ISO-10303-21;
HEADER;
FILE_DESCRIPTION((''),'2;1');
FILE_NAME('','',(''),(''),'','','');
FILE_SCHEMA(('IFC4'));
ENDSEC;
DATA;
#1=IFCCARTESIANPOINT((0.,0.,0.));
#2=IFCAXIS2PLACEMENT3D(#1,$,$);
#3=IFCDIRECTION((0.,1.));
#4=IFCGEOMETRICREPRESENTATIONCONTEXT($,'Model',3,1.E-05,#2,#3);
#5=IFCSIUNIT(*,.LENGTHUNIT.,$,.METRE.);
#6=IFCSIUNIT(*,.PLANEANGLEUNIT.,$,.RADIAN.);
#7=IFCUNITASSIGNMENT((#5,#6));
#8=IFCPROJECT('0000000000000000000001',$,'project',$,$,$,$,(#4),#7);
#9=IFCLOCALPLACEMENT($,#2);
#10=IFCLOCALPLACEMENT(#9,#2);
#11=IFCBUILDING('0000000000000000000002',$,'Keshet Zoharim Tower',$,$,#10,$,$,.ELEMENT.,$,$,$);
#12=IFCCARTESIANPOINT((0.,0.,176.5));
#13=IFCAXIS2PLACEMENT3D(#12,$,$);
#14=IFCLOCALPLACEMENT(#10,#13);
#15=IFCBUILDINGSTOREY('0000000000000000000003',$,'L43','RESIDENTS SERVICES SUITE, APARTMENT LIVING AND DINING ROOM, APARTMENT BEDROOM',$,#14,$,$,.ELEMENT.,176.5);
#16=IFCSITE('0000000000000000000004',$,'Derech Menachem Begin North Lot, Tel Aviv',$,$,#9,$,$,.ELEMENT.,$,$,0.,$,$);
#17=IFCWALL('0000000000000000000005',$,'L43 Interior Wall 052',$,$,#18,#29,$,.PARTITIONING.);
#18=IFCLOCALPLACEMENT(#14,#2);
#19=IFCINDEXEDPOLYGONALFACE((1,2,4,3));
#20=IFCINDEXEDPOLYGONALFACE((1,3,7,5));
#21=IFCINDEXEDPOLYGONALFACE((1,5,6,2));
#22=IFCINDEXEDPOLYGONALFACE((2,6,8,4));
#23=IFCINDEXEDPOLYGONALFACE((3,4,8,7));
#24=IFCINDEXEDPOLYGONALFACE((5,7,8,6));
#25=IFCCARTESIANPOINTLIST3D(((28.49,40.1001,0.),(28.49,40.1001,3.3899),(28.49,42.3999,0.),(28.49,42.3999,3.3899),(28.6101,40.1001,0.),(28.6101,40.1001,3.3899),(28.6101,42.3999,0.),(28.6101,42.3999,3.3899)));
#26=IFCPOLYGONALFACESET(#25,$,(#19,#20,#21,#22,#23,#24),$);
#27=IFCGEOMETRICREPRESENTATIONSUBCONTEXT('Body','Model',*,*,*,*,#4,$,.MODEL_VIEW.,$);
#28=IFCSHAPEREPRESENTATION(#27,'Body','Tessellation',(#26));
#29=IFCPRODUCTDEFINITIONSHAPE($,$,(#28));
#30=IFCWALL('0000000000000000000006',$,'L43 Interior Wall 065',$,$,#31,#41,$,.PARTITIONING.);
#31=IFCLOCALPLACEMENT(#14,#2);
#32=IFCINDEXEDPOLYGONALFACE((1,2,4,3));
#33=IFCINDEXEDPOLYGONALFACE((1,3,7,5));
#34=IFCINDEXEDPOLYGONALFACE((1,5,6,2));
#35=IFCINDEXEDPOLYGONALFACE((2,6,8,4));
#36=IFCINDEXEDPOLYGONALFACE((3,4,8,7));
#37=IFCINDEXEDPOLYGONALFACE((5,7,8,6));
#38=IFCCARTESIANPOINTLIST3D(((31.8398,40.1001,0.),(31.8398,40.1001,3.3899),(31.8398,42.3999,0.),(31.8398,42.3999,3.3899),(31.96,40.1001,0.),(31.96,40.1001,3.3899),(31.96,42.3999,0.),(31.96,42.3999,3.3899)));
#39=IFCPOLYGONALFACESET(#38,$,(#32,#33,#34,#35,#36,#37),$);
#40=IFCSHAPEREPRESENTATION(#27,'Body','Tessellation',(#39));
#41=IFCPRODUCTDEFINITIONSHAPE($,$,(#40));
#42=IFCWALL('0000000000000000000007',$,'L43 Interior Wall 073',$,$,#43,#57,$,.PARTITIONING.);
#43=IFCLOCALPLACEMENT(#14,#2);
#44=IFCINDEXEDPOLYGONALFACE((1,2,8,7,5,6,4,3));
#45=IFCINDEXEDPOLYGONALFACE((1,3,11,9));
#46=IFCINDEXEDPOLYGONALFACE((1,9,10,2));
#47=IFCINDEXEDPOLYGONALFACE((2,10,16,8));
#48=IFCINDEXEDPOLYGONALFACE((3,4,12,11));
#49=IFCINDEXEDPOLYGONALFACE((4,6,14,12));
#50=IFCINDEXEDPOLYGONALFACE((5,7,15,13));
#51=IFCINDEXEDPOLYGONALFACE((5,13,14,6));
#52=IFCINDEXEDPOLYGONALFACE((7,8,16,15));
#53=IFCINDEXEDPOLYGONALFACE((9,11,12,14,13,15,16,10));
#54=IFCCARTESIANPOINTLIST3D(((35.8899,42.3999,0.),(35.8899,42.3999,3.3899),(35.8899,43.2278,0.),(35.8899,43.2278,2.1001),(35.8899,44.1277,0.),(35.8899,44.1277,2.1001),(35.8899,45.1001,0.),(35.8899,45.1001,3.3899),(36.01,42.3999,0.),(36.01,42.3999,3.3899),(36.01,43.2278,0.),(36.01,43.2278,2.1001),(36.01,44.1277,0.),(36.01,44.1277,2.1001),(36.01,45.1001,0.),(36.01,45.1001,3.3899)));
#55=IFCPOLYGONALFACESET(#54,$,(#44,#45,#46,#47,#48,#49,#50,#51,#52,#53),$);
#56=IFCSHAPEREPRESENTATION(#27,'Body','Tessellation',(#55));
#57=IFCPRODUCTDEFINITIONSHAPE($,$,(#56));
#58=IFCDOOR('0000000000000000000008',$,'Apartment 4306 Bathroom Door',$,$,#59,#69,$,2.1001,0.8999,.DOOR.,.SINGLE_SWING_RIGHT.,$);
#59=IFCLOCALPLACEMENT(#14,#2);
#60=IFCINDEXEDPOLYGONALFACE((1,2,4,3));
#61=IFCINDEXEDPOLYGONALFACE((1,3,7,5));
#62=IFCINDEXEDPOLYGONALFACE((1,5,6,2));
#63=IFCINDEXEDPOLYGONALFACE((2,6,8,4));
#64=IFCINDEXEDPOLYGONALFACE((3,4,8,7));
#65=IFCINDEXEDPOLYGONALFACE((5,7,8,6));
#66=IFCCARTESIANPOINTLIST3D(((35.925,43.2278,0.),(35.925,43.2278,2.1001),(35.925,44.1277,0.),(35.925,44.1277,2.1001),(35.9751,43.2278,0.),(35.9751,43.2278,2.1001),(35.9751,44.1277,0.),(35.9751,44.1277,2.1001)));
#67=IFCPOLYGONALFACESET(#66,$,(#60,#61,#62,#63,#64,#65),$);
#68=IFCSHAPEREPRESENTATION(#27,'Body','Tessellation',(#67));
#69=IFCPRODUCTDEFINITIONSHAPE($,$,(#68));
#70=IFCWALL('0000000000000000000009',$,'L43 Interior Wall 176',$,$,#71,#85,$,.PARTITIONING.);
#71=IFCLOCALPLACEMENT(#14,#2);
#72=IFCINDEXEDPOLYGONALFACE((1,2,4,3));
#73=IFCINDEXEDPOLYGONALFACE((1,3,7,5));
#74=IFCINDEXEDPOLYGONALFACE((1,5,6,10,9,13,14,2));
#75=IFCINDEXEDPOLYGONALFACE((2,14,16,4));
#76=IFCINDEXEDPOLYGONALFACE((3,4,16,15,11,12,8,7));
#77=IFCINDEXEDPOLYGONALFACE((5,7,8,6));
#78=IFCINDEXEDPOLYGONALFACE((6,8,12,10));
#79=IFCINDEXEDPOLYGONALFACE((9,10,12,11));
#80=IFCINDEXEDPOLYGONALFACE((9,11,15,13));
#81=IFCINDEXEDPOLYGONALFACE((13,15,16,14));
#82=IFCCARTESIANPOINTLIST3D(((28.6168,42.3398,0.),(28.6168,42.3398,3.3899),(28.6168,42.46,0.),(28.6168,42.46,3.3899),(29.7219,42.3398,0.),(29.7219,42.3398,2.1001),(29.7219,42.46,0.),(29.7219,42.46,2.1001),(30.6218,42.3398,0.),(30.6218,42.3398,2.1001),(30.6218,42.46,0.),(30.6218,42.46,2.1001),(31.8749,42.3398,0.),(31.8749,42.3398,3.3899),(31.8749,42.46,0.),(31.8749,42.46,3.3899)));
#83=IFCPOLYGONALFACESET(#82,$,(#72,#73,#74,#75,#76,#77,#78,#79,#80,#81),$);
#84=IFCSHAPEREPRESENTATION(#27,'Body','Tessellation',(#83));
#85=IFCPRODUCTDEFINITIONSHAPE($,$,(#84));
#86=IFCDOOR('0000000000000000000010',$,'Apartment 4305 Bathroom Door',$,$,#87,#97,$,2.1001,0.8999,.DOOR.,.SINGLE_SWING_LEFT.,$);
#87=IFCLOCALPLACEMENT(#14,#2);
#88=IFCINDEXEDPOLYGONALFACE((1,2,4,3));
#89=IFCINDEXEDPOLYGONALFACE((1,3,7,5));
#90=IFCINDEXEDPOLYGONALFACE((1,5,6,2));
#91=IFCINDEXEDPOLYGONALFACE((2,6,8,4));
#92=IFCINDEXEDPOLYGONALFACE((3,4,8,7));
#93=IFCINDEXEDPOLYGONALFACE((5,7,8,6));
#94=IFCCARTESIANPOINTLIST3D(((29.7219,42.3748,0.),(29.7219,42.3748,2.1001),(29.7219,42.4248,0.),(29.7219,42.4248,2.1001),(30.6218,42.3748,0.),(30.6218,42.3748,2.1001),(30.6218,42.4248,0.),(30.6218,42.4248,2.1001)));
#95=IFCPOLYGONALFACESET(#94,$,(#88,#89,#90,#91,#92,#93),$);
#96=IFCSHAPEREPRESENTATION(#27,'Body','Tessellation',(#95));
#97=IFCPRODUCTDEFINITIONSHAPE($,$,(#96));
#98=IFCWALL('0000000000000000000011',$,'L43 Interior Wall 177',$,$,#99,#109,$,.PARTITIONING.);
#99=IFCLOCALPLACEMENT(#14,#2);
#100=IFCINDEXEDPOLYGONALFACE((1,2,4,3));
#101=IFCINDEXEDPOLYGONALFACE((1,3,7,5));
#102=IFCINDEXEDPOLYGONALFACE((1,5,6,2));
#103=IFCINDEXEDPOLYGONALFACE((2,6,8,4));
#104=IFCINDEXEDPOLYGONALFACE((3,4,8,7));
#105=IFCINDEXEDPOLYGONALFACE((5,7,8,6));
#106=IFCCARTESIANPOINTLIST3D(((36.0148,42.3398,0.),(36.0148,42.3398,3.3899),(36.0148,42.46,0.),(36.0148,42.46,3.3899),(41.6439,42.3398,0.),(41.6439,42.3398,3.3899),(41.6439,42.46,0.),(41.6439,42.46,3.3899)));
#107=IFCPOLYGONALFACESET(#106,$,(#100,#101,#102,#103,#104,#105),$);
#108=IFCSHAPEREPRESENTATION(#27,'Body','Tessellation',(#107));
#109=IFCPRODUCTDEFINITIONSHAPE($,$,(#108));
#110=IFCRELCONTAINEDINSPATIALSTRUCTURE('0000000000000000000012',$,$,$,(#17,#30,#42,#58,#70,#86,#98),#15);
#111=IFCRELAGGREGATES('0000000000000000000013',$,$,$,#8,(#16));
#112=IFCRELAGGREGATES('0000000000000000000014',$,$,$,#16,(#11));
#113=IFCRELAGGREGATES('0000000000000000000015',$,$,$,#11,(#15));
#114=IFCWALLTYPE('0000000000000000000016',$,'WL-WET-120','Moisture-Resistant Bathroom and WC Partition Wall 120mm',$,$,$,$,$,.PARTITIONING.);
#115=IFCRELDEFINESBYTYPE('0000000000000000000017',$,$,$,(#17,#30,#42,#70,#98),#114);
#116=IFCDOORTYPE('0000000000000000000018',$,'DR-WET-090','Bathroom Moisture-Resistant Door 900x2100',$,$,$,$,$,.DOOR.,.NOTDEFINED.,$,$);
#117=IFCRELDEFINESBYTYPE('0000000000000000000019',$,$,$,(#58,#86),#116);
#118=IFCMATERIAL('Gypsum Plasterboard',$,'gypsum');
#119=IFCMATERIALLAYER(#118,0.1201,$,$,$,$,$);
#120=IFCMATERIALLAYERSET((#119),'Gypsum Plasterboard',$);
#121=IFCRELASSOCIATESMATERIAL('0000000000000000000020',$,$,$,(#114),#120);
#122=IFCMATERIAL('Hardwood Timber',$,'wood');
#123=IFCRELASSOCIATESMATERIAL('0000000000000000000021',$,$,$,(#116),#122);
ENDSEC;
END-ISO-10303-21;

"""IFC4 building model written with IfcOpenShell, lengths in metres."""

from ifc_helpers import new_model, si_unit, direction, frame, frame_2d, origin, place, context, subcontext, project, spatial, rectangle, extrude, material, layer, layer_set, type_object, element, fill, save


model = new_model("IFC4")

# Units and contexts
model_context = context("Model", 3, precision=1e-05, world=origin(), true_north=direction((0.0, 1.0)))
body_context = subcontext(model_context, "Body", "Model", "MODEL_VIEW")
ifc_project = project(units=[si_unit("LENGTHUNIT", "METRE"), si_unit("PLANEANGLEUNIT", "RADIAN")], contexts=[model_context])

# Site, building, storey
site_placement = place(None, origin())
site = spatial("IfcSite", under=ifc_project, at=site_placement, Name="Derech Menachem Begin North Lot, Tel Aviv", CompositionType="ELEMENT", RefElevation=0.0)
building_placement = place(site_placement, origin())
building = spatial("IfcBuilding", under=site, at=building_placement, Name="Keshet Zoharim Tower", CompositionType="ELEMENT")
storey_placement = place(building_placement, frame((0.0, 0.0, 176.5)))
storey = spatial("IfcBuildingStorey", under=building, at=storey_placement, Name="L43", Description="RESIDENTS SERVICES SUITE, APARTMENT LIVING AND DINING ROOM, APARTMENT BEDROOM", CompositionType="ELEMENT", Elevation=176.5)

# Shared definitions
ifc_material_1 = material(Name="Gypsum Plasterboard", Category="gypsum")

# Shared definitions
ifc_material_2 = material(Name="Hardwood Timber", Category="wood")

# Walls
ifc_layer_1 = layer(ifc_material_1, 0.1201)
ifc_layer_set_1 = layer_set([ifc_layer_1], Name="Gypsum Plasterboard")
wall_type_1 = type_object("IfcWallType", Name="WL-WET-120", Description="Moisture-Resistant Bathroom and WC Partition Wall 120mm", PredefinedType="PARTITIONING", material=ifc_layer_set_1)
for number, where, z_axis, x_axis, name in (
    (1, (28.55, 40.1001, 0.0), (0.0, 0.0, 1.0), (0.0, 1.0, 0.0), "L43 Interior Wall 052"),
    (2, (31.8999, 40.1001, 0.0), (0.0, 0.0, 1.0), (0.0, 1.0, 0.0), "L43 Interior Wall 065"),
):
    element("IfcWall", number, at=place(storey_placement, frame(where, z_axis=z_axis, x_axis=x_axis)), inside=storey, type_object=wall_type_1, Name=name, PredefinedType="PARTITIONING", context=body_context, shape_type="SweptSolid", body=[
        extrude(rectangle(XDim=2.2998, YDim=0.1201, at=frame_2d((1.1499, 0.0))), origin(), (0.0, 0.0, 1.0), 3.3899),
    ])

# Walls, openings, doors
wall_1_placement = place(storey_placement, frame((35.95, 42.3999, 0.0), z_axis=(0.0, 0.0, 1.0), x_axis=(0.0, 1.0, 0.0)))
wall_1 = element("IfcWall", 3, at=wall_1_placement, inside=storey, type_object=wall_type_1, Name="L43 Interior Wall 073", PredefinedType="PARTITIONING", context=body_context, shape_type="SweptSolid", body=[
    extrude(rectangle(XDim=2.7002, YDim=0.1201, at=frame_2d((1.3501, 0.0))), origin(), (0.0, 0.0, 1.0), 3.3899),
])
opening_1_placement = place(wall_1_placement, frame((0.8279, 0.0, 0.0)))
opening_1 = element("IfcOpeningElement", 4, at=opening_1_placement, cuts=wall_1, PredefinedType="OPENING", context=body_context, shape_type="SweptSolid", body=[
    extrude(rectangle(XDim=0.8999, YDim=2.1001, at=frame_2d((0.45, 1.05))), frame((0.0, 0.0701, 0.0), z_axis=(0.0, -1.0, 0.0), x_axis=(1.0, 0.0, 0.0)), (0.0, 0.0, 1.0), 0.1401),
])
door_type_1 = type_object("IfcDoorType", Name="DR-WET-090", Description="Bathroom Moisture-Resistant Door 900x2100", OperationType="NOTDEFINED", PredefinedType="DOOR", material=ifc_material_2)
door_1_placement = place(opening_1_placement, origin())
door_1 = element("IfcDoor", 5, at=door_1_placement, inside=storey, type_object=door_type_1, Name="Apartment 4306 Bathroom Door", OperationType="SINGLE_SWING_RIGHT", OverallHeight=2.1001, OverallWidth=0.8999, PredefinedType="DOOR", context=body_context, shape_type="SweptSolid", body=[
    extrude(rectangle(XDim=0.8999, YDim=2.1001, at=frame_2d((0.45, 1.05))), frame((0.0, 0.0249, 0.0), z_axis=(0.0, -1.0, 0.0), x_axis=(1.0, 0.0, 0.0)), (0.0, 0.0, 1.0), 0.05),
])
fill(opening_1, door_1)
wall_2_placement = place(storey_placement, frame((28.6169, 42.3999, 0.0), z_axis=(0.0, 0.0, 1.0), x_axis=(1.0, 0.0, 0.0)))
wall_2 = element("IfcWall", 6, at=wall_2_placement, inside=storey, type_object=wall_type_1, Name="L43 Interior Wall 176", PredefinedType="PARTITIONING", context=body_context, shape_type="SweptSolid", body=[
    extrude(rectangle(XDim=3.2581, YDim=0.1201, at=frame_2d((1.6289, 0.0))), origin(), (0.0, 0.0, 1.0), 3.3899),
])
opening_2_placement = place(wall_2_placement, frame((1.105, 0.0, 0.0)))
opening_2 = element("IfcOpeningElement", 7, at=opening_2_placement, cuts=wall_2, PredefinedType="OPENING", context=body_context, shape_type="SweptSolid", body=[
    extrude(rectangle(XDim=0.8999, YDim=2.1001, at=frame_2d((0.45, 1.05))), frame((0.0, 0.0701, 0.0), z_axis=(0.0, -1.0, 0.0), x_axis=(1.0, 0.0, 0.0)), (0.0, 0.0, 1.0), 0.1401),
])
door_2_placement = place(opening_2_placement, origin())
door_2 = element("IfcDoor", 8, at=door_2_placement, inside=storey, type_object=door_type_1, Name="Apartment 4305 Bathroom Door", OperationType="SINGLE_SWING_LEFT", OverallHeight=2.1001, OverallWidth=0.8999, PredefinedType="DOOR", context=body_context, shape_type="SweptSolid", body=[
    extrude(rectangle(XDim=0.8999, YDim=2.1001, at=frame_2d((0.45, 1.05))), frame((0.0, 0.0249, 0.0), z_axis=(0.0, -1.0, 0.0), x_axis=(1.0, 0.0, 0.0)), (0.0, 0.0, 1.0), 0.05),
])
fill(opening_2, door_2)

# Wall
wall_3_placement = place(storey_placement, frame((36.0149, 42.3999, 0.0), z_axis=(0.0, 0.0, 1.0), x_axis=(1.0, 0.0, 0.0)))
element("IfcWall", 9, at=wall_3_placement, inside=storey, type_object=wall_type_1, Name="L43 Interior Wall 177", PredefinedType="PARTITIONING", context=body_context, shape_type="SweptSolid", body=[
    extrude(rectangle(XDim=5.6292, YDim=0.1201, at=frame_2d((2.8145, 0.0))), origin(), (0.0, 0.0, 1.0), 3.3899),
])

save(model, "model.ifc")
